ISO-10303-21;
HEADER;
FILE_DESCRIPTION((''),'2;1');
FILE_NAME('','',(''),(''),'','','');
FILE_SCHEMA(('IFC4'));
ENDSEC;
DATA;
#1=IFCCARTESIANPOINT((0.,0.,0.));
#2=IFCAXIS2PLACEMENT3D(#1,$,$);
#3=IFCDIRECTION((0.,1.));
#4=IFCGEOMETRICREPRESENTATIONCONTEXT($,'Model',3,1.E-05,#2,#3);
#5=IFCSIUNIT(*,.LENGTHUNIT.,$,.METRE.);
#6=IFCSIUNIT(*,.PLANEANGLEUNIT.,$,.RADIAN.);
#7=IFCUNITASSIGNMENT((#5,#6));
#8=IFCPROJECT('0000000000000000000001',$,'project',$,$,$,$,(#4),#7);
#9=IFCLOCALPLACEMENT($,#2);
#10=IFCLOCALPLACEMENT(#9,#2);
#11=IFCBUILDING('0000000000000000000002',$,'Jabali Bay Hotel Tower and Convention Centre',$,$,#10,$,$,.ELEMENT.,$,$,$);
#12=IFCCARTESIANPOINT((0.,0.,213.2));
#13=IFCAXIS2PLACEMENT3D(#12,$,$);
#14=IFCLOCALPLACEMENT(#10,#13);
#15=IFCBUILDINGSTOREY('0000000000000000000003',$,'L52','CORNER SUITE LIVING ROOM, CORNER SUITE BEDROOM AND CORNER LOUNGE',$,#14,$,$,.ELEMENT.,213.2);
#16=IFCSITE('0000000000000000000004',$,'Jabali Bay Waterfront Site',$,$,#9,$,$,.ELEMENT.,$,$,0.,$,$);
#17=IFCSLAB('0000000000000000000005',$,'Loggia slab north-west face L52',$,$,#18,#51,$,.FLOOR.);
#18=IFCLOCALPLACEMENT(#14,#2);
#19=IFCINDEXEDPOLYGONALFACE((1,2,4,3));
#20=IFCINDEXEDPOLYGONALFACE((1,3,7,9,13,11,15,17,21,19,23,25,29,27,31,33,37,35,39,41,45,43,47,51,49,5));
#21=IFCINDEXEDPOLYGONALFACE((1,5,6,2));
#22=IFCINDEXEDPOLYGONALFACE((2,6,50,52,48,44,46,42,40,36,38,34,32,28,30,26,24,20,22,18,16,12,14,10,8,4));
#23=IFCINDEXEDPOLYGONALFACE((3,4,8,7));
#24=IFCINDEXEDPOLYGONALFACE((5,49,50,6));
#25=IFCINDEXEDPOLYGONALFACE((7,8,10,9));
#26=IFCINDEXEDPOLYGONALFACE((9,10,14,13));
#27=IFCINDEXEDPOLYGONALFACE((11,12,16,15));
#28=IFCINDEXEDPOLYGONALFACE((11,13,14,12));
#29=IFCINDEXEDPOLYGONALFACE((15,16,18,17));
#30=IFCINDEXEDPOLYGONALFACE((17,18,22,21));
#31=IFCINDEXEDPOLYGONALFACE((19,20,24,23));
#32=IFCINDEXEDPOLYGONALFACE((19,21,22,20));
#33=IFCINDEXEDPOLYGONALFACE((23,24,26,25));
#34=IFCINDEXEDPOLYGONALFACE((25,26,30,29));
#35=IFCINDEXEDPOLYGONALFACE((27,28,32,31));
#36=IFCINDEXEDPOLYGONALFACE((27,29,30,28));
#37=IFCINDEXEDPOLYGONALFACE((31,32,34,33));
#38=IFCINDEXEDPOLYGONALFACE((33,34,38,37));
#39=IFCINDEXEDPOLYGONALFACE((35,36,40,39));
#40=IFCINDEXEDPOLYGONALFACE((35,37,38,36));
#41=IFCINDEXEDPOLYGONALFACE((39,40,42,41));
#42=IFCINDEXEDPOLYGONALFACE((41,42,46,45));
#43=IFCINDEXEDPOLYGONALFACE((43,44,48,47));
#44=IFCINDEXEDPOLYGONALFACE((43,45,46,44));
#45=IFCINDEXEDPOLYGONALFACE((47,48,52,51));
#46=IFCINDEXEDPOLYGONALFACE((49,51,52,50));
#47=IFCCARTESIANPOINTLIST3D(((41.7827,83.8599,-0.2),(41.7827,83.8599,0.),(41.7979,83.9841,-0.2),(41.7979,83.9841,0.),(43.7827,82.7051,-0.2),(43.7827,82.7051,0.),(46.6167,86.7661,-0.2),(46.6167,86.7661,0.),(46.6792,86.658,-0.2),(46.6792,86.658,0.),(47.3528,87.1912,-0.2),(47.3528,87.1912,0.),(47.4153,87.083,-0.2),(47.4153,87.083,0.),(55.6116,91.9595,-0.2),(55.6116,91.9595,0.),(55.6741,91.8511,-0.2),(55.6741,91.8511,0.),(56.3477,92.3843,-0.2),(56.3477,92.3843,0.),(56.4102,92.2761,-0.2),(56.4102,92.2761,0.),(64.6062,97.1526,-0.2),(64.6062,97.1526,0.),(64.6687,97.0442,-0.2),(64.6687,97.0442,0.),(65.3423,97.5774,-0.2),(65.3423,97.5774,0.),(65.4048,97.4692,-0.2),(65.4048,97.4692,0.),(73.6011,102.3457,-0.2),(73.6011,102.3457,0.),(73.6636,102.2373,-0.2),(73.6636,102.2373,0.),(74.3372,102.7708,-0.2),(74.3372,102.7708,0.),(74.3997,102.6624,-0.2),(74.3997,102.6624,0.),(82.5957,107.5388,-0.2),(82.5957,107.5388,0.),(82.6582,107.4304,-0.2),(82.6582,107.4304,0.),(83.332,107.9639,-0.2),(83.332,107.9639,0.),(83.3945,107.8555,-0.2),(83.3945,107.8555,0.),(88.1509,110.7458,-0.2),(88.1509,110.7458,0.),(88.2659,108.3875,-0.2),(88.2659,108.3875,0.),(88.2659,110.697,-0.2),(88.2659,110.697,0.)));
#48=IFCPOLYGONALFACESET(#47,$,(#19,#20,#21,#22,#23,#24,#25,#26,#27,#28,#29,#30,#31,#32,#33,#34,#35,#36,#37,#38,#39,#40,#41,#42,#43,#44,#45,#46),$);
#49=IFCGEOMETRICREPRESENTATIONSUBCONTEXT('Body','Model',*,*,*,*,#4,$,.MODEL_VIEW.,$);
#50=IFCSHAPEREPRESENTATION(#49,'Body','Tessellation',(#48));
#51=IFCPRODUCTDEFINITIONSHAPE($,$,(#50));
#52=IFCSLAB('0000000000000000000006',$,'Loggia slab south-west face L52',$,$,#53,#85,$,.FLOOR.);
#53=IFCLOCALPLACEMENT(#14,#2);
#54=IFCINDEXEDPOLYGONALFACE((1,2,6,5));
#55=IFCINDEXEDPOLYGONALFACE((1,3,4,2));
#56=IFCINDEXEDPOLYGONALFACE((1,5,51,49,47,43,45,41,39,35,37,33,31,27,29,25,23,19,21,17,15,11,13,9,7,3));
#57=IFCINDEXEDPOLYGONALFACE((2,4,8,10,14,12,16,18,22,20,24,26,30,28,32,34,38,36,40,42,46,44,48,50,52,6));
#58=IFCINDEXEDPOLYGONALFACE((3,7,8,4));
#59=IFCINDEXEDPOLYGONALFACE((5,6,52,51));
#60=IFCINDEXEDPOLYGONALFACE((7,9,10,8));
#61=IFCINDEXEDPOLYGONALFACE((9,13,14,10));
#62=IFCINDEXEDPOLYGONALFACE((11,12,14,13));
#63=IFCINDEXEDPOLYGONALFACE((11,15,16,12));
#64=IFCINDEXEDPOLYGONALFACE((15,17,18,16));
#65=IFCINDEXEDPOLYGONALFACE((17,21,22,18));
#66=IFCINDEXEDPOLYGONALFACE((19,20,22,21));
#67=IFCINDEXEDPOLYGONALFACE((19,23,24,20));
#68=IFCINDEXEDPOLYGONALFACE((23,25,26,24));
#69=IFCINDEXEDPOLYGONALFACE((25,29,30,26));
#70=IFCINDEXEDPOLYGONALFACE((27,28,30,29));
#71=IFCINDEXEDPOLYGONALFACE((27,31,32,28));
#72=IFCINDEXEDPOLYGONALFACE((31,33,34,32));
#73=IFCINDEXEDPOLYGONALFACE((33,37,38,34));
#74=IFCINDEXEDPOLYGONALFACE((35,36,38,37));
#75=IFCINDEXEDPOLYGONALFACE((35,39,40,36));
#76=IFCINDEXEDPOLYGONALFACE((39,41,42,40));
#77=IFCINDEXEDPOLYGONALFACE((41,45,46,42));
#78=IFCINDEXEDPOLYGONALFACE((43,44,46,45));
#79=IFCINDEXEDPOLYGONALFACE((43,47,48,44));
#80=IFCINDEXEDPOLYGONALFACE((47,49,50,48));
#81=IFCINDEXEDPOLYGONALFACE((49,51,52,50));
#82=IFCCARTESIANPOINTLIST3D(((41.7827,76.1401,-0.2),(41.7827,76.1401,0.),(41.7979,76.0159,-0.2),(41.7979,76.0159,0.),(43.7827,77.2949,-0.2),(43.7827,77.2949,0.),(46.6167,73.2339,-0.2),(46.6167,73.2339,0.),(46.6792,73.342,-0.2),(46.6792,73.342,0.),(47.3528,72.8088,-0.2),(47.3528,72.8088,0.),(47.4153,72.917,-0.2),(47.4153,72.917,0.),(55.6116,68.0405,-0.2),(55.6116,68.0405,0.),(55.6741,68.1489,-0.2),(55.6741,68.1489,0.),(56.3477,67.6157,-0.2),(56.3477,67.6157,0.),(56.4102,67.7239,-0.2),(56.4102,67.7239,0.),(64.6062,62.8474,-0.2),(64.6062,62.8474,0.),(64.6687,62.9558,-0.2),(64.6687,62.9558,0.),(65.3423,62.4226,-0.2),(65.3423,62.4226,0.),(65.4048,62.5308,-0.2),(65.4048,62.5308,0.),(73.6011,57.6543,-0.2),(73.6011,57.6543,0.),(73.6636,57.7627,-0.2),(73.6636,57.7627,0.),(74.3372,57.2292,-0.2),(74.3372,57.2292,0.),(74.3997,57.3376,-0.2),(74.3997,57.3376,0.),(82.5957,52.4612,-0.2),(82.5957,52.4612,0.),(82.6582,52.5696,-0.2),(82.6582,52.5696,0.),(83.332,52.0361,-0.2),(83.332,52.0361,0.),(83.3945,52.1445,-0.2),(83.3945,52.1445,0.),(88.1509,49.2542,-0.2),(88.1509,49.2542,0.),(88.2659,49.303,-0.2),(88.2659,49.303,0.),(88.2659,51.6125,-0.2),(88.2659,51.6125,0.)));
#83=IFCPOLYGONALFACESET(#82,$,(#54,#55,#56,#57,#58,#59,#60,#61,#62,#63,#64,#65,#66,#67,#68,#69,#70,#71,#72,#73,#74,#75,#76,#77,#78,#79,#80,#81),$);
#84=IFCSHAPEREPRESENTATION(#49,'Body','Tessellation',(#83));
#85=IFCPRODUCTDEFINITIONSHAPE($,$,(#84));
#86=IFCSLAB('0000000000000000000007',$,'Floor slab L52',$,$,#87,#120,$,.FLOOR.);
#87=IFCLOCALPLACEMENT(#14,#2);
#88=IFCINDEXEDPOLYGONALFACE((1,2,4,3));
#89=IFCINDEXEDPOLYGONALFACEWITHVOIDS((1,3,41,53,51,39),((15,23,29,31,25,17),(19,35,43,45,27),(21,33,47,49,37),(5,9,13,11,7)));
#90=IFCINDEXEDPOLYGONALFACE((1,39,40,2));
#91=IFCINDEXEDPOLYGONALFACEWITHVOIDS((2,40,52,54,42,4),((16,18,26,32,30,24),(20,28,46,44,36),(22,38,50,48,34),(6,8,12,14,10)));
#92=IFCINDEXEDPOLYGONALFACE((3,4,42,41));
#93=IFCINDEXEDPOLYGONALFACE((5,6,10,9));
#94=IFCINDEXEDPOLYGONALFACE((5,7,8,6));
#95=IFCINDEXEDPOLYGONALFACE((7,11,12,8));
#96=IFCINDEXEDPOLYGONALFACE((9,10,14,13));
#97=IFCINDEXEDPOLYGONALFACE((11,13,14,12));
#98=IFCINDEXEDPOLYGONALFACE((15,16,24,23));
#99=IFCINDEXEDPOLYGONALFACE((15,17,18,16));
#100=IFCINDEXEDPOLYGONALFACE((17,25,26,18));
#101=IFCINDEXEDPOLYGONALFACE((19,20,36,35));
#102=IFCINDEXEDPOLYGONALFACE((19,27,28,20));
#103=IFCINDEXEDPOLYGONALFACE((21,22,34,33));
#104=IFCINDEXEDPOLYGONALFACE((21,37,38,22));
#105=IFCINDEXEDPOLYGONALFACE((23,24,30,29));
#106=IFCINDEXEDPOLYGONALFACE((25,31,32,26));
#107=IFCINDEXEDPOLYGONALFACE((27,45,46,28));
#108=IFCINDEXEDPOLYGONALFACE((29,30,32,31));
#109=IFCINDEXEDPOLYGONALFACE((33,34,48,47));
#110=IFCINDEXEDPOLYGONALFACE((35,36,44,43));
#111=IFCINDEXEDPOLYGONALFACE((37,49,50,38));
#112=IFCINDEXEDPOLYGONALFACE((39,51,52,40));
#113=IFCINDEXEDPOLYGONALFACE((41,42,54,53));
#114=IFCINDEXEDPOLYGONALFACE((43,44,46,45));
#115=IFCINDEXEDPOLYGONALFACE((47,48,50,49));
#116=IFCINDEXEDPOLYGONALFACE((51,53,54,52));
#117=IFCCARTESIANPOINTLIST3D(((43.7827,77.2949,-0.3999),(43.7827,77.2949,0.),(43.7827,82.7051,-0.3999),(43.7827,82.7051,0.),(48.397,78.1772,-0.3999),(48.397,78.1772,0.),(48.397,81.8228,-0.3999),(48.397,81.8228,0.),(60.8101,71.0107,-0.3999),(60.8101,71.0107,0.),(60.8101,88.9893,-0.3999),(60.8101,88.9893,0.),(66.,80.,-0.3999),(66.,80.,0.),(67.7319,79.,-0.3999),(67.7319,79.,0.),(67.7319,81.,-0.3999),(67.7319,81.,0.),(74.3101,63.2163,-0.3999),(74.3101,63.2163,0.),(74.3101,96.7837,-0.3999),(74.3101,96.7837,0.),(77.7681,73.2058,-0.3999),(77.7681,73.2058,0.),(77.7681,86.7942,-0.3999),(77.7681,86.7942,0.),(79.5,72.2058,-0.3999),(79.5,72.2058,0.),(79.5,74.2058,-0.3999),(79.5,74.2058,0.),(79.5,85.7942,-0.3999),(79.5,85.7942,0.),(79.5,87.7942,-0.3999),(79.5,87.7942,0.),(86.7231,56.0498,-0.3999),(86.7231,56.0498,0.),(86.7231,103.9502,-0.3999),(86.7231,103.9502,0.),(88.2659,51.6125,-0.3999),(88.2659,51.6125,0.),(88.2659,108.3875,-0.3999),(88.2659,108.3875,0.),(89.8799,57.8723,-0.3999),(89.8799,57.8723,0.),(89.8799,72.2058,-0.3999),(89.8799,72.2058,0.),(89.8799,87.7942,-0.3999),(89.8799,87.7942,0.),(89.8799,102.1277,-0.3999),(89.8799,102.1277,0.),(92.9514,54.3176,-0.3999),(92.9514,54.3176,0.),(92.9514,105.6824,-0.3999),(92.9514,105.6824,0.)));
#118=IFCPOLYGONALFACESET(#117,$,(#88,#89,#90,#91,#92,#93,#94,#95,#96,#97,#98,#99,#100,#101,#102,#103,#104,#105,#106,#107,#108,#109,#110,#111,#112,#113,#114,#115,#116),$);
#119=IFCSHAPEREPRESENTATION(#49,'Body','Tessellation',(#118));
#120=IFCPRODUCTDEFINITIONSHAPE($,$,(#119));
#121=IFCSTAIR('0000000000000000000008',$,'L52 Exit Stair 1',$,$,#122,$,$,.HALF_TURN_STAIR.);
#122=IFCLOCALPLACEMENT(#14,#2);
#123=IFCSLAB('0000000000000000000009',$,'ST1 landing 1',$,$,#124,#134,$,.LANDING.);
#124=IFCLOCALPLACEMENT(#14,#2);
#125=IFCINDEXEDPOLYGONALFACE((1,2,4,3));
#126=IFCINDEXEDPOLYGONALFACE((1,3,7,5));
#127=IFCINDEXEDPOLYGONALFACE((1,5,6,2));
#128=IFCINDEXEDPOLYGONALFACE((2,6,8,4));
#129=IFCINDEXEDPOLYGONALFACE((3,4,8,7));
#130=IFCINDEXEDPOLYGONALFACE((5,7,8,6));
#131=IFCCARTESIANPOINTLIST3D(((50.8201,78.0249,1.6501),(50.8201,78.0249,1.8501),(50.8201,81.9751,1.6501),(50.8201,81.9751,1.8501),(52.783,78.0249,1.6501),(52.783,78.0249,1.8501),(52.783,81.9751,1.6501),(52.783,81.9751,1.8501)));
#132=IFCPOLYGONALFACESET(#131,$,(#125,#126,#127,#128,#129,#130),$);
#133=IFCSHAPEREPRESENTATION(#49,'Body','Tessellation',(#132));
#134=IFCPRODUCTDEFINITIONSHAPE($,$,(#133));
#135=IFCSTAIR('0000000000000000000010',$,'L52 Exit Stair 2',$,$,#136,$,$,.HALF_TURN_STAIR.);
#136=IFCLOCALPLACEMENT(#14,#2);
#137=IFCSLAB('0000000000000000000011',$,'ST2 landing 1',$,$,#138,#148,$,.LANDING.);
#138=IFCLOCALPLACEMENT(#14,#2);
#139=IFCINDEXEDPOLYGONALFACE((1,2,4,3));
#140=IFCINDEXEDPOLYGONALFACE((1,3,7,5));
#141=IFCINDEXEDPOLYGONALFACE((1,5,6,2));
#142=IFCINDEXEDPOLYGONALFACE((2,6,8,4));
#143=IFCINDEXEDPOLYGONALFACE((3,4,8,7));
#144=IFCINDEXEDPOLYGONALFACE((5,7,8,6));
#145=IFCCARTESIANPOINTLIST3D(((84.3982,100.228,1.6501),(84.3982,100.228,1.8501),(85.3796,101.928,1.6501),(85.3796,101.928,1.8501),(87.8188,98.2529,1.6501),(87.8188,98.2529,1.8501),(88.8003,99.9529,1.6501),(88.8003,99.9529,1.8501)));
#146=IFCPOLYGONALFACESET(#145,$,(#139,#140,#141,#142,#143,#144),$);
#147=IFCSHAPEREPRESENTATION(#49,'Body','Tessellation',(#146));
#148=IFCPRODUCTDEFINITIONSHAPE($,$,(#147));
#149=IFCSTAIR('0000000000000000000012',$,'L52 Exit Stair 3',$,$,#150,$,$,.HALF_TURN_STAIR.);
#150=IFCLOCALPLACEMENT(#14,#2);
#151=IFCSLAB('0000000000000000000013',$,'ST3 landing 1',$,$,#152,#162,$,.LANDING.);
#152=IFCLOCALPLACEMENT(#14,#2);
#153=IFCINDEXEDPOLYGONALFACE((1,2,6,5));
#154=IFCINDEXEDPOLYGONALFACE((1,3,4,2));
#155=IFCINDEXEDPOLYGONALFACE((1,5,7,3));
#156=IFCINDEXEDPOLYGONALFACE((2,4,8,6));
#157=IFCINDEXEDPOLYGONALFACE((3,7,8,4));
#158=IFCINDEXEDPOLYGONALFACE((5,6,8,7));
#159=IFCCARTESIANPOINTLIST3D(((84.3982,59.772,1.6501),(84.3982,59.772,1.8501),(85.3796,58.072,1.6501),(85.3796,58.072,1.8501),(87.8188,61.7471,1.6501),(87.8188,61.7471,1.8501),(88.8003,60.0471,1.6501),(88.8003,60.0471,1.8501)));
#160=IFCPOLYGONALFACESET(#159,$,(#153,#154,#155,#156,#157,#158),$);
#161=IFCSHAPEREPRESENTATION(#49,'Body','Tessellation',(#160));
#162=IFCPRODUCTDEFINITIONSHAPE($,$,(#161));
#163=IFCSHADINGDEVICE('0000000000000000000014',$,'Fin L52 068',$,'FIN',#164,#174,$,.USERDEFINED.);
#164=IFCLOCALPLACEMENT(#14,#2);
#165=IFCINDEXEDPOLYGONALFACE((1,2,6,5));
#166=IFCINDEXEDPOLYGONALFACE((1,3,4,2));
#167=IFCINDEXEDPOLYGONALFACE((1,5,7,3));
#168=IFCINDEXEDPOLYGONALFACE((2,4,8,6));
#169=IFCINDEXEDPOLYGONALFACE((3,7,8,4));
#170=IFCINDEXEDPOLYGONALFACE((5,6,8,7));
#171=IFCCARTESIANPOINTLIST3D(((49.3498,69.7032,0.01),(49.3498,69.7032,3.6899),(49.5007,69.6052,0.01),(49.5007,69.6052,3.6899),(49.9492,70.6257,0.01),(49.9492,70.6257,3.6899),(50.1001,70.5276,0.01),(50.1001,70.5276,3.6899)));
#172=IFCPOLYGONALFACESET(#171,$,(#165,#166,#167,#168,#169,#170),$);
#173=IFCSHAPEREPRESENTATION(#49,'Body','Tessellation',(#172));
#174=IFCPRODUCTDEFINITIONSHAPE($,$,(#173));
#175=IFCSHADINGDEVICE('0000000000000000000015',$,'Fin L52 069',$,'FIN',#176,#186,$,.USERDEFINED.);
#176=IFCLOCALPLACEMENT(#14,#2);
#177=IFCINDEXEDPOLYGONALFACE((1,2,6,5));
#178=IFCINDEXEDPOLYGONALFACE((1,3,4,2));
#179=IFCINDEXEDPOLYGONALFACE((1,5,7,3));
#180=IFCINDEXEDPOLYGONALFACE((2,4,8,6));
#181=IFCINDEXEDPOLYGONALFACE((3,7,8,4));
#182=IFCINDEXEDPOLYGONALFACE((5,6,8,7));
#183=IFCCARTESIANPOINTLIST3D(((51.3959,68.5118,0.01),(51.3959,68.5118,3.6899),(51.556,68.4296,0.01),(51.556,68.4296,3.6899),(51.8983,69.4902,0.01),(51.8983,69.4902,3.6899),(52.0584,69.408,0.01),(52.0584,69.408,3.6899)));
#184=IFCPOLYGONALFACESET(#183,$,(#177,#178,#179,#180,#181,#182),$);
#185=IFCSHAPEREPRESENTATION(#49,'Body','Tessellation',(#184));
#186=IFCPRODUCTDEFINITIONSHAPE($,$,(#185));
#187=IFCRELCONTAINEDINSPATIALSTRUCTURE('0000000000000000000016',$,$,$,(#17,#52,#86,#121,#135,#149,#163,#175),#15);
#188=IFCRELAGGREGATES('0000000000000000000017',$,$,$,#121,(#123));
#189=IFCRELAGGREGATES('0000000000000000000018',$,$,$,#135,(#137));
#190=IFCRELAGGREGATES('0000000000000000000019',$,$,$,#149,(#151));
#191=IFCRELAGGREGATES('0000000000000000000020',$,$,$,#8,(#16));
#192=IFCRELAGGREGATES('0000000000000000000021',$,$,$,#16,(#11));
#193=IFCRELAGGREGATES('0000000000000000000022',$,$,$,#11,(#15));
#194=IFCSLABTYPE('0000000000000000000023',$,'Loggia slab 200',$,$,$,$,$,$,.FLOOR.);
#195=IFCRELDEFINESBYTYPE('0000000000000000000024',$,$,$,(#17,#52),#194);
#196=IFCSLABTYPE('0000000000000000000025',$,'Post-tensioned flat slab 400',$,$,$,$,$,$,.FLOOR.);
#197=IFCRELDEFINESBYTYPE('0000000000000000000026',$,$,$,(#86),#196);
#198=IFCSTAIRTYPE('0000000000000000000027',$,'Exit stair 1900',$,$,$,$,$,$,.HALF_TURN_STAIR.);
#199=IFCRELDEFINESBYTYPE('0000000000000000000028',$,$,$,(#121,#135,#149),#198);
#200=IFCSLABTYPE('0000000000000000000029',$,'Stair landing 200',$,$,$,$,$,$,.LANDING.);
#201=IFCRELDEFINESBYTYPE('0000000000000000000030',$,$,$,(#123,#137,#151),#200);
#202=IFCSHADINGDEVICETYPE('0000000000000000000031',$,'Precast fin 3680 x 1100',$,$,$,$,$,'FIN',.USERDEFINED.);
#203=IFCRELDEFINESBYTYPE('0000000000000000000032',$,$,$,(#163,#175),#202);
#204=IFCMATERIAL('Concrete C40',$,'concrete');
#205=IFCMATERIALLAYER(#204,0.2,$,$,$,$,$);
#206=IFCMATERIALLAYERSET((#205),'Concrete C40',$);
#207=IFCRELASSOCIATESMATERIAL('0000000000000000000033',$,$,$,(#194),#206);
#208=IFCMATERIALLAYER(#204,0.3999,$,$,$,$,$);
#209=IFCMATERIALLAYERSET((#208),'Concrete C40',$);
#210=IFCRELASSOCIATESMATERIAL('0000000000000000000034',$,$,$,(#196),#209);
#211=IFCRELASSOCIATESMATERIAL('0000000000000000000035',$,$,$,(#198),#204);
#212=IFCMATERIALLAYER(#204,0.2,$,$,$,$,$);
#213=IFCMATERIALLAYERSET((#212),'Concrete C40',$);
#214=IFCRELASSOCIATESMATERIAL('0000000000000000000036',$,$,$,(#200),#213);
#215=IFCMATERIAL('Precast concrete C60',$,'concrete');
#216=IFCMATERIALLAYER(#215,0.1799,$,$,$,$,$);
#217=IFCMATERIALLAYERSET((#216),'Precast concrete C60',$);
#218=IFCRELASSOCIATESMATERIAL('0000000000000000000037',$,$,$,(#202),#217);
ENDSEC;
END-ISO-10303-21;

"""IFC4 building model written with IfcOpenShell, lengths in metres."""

from ifc_helpers import new_model, si_unit, direction, frame, frame_2d, origin, place, context, subcontext, project, spatial, polyline, rectangle, outline, extrude, material, layer, layer_set, type_object, element, aggregate, save


model = new_model("IFC4")

# Units and contexts
model_context = context("Model", 3, precision=1e-05, world=origin(), true_north=direction((0.0, 1.0)))
body_context = subcontext(model_context, "Body", "Model", "MODEL_VIEW")
ifc_project = project(units=[si_unit("LENGTHUNIT", "METRE"), si_unit("PLANEANGLEUNIT", "RADIAN")], contexts=[model_context])

# Site, building, storey
site_placement = place(None, origin())
site = spatial("IfcSite", under=ifc_project, at=site_placement, Name="Jabali Bay Waterfront Site", CompositionType="ELEMENT", RefElevation=0.0)
building_placement = place(site_placement, origin())
building = spatial("IfcBuilding", under=site, at=building_placement, Name="Jabali Bay Hotel Tower and Convention Centre", CompositionType="ELEMENT")
storey_placement = place(building_placement, frame((0.0, 0.0, 213.2)))
storey = spatial("IfcBuildingStorey", under=building, at=storey_placement, Name="L52", Description="CORNER SUITE LIVING ROOM, CORNER SUITE BEDROOM AND CORNER LOUNGE", CompositionType="ELEMENT", Elevation=213.2)

# Slabs
ifc_material_1 = material(Name="Concrete C40", Category="concrete")
ifc_layer_1 = layer(ifc_material_1, 0.2)
ifc_layer_set_1 = layer_set([ifc_layer_1], Name="Concrete C40")
slab_type_1 = type_object("IfcSlabType", Name="Loggia slab 200", PredefinedType="FLOOR", material=ifc_layer_set_1)
slab_1_placement = place(storey_placement, frame((0.0, 0.0, -0.2)))
element("IfcSlab", 1, at=slab_1_placement, inside=storey, type_object=slab_type_1, Name="Loggia slab north-west face L52", PredefinedType="FLOOR", context=body_context, shape_type="SweptSolid", body=[
    extrude(outline(polyline([(43.7827, 82.7051), (41.7827, 83.8599), (41.7979, 83.9841), (46.6167, 86.7661), (46.6792, 86.658), (47.4153, 87.083), (47.3528, 87.1912), (55.6116, 91.9595), (55.6741, 91.8511), (56.4102, 92.2761), (56.3477, 92.3843), (64.6062, 97.1526), (64.6687, 97.0442), (65.4048, 97.4692), (65.3423, 97.5774), (73.6011, 102.3457), (73.6636, 102.2373), (74.3997, 102.6624), (74.3372, 102.7708), (82.5957, 107.5388), (82.6582, 107.4304), (83.3945, 107.8555), (83.332, 107.9639), (88.1509, 110.7458), (88.2659, 110.697), (88.2659, 108.3875), (43.7827, 82.7051)])), origin(), (0.0, 0.0, 1.0), 0.2),
])
slab_2_placement = place(storey_placement, frame((0.0, 0.0, -0.2)))
element("IfcSlab", 2, at=slab_2_placement, inside=storey, type_object=slab_type_1, Name="Loggia slab south-west face L52", PredefinedType="FLOOR", context=body_context, shape_type="SweptSolid", body=[
    extrude(outline(polyline([(88.2659, 51.6125), (88.2659, 49.303), (88.1509, 49.2542), (83.332, 52.0361), (83.3945, 52.1445), (82.6582, 52.5696), (82.5957, 52.4612), (74.3372, 57.2292), (74.3997, 57.3376), (73.6636, 57.7627), (73.6011, 57.6543), (65.3423, 62.4226), (65.4048, 62.5308), (64.6687, 62.9558), (64.6062, 62.8474), (56.3477, 67.6157), (56.4102, 67.7239), (55.6741, 68.1489), (55.6116, 68.0405), (47.3528, 72.8088), (47.4153, 72.917), (46.6792, 73.342), (46.6167, 73.2339), (41.7979, 76.0159), (41.7827, 76.1401), (43.7827, 77.2949), (88.2659, 51.6125)])), origin(), (0.0, 0.0, 1.0), 0.2),
])
ifc_layer_2 = layer(ifc_material_1, 0.3999)
ifc_layer_set_2 = layer_set([ifc_layer_2], Name="Concrete C40")
slab_type_2 = type_object("IfcSlabType", Name="Post-tensioned flat slab 400", PredefinedType="FLOOR", material=ifc_layer_set_2)
slab_3_placement = place(storey_placement, frame((0.0, 0.0, -0.3999)))
element("IfcSlab", 3, at=slab_3_placement, inside=storey, type_object=slab_type_2, Name="Floor slab L52", PredefinedType="FLOOR", context=body_context, shape_type="SweptSolid", body=[
    extrude(outline(polyline([(88.2659, 108.3875), (92.9514, 105.6824), (92.9514, 54.3176), (88.2659, 51.6125), (43.7827, 77.2949), (43.7827, 82.7051), (88.2659, 108.3875)]), holes=[polyline([(67.7319, 79.0), (77.7681, 73.2058), (79.5, 74.2058), (79.5, 85.7942), (77.7681, 86.7942), (67.7319, 81.0), (67.7319, 79.0)]), polyline([(48.397, 78.1772), (60.8101, 71.0107), (66.0, 80.0), (60.8101, 88.9893), (48.397, 81.8228), (48.397, 78.1772)]), polyline([(89.8799, 102.1277), (86.7231, 103.9502), (74.3101, 96.7837), (79.5, 87.7942), (89.8799, 87.7942), (89.8799, 102.1277)]), polyline([(74.3101, 63.2163), (86.7231, 56.0498), (89.8799, 57.8723), (89.8799, 72.2058), (79.5, 72.2058), (74.3101, 63.2163)])]), origin(), (0.0, 0.0, 1.0), 0.3999),
])

# Stairs, slabs
stair_type = type_object("IfcStairType", Name="Exit stair 1900", PredefinedType="HALF_TURN_STAIR", material=ifc_material_1)
stair_1_placement = place(storey_placement, origin())
stair_1 = element("IfcStair", 4, at=stair_1_placement, inside=storey, type_object=stair_type, Name="L52 Exit Stair 1", PredefinedType="HALF_TURN_STAIR")
ifc_layer_3 = layer(ifc_material_1, 0.2)
ifc_layer_set_3 = layer_set([ifc_layer_3], Name="Concrete C40")
slab_type_3 = type_object("IfcSlabType", Name="Stair landing 200", PredefinedType="LANDING", material=ifc_layer_set_3)
slab_4_placement = place(storey_placement, frame((0.0, 0.0, 1.6501)))
slab_4 = element("IfcSlab", 5, at=slab_4_placement, type_object=slab_type_3, Name="ST1 landing 1", PredefinedType="LANDING", context=body_context, shape_type="SweptSolid", body=[
    extrude(outline(polyline([(52.783, 81.9751), (50.8201, 81.9751), (50.8201, 78.0249), (52.783, 78.0249), (52.783, 81.9751)])), origin(), (0.0, 0.0, 1.0), 0.2),
])
aggregate(stair_1, [slab_4])
stair_2_placement = place(storey_placement, origin())
stair_2 = element("IfcStair", 6, at=stair_2_placement, inside=storey, type_object=stair_type, Name="L52 Exit Stair 2", PredefinedType="HALF_TURN_STAIR")
slab_5_placement = place(storey_placement, frame((0.0, 0.0, 1.6501)))
slab_5 = element("IfcSlab", 7, at=slab_5_placement, type_object=slab_type_3, Name="ST2 landing 1", PredefinedType="LANDING", context=body_context, shape_type="SweptSolid", body=[
    extrude(outline(polyline([(87.8188, 98.2529), (88.8003, 99.9529), (85.3796, 101.928), (84.3982, 100.228), (87.8188, 98.2529)])), origin(), (0.0, 0.0, 1.0), 0.2),
])
aggregate(stair_2, [slab_5])
stair_3_placement = place(storey_placement, origin())
stair_3 = element("IfcStair", 8, at=stair_3_placement, inside=storey, type_object=stair_type, Name="L52 Exit Stair 3", PredefinedType="HALF_TURN_STAIR")
slab_6_placement = place(storey_placement, frame((0.0, 0.0, 1.6501)))
slab_6 = element("IfcSlab", 9, at=slab_6_placement, type_object=slab_type_3, Name="ST3 landing 1", PredefinedType="LANDING", context=body_context, shape_type="SweptSolid", body=[
    extrude(outline(polyline([(84.3982, 59.772), (85.3796, 58.072), (88.8003, 60.0471), (87.8188, 61.7471), (84.3982, 59.772)])), origin(), (0.0, 0.0, 1.0), 0.2),
])
aggregate(stair_3, [slab_6])

# Shading devices
ifc_material_2 = material(Name="Precast concrete C60", Category="concrete")
ifc_layer_4 = layer(ifc_material_2, 0.1799)
ifc_layer_set_4 = layer_set([ifc_layer_4], Name="Precast concrete C60")
shading_device_type = type_object("IfcShadingDeviceType", Name="Precast fin 3680 x 1100", ElementType="FIN", PredefinedType="USERDEFINED", material=ifc_layer_set_4)
shading_device_1_placement = place(storey_placement, frame((50.0247, 70.5767, 0.01), z_axis=(0.0, 0.0, 1.0), x_axis=(-0.544879, -0.838515, 0.0)))
element("IfcShadingDevice", 10, at=shading_device_1_placement, inside=storey, type_object=shading_device_type, Name="Fin L52 068", ObjectType="FIN", PredefinedType="USERDEFINED", context=body_context, shape_type="SweptSolid", body=[
    extrude(rectangle(XDim=1.1001, YDim=0.1799, at=frame_2d((0.55, 0.0))), origin(), (0.0, 0.0, 1.0), 3.6799),
])
shading_device_2_placement = place(storey_placement, frame((51.9783, 69.449, 0.01), z_axis=(0.0, 0.0, 1.0), x_axis=(-0.456776, -0.889582, 0.0)))
element("IfcShadingDevice", 11, at=shading_device_2_placement, inside=storey, type_object=shading_device_type, Name="Fin L52 069", ObjectType="FIN", PredefinedType="USERDEFINED", context=body_context, shape_type="SweptSolid", body=[
    extrude(rectangle(XDim=1.0999, YDim=0.1799, at=frame_2d((0.5498, 0.0))), origin(), (0.0, 0.0, 1.0), 3.6799),
])

save(model, "model.ifc")
